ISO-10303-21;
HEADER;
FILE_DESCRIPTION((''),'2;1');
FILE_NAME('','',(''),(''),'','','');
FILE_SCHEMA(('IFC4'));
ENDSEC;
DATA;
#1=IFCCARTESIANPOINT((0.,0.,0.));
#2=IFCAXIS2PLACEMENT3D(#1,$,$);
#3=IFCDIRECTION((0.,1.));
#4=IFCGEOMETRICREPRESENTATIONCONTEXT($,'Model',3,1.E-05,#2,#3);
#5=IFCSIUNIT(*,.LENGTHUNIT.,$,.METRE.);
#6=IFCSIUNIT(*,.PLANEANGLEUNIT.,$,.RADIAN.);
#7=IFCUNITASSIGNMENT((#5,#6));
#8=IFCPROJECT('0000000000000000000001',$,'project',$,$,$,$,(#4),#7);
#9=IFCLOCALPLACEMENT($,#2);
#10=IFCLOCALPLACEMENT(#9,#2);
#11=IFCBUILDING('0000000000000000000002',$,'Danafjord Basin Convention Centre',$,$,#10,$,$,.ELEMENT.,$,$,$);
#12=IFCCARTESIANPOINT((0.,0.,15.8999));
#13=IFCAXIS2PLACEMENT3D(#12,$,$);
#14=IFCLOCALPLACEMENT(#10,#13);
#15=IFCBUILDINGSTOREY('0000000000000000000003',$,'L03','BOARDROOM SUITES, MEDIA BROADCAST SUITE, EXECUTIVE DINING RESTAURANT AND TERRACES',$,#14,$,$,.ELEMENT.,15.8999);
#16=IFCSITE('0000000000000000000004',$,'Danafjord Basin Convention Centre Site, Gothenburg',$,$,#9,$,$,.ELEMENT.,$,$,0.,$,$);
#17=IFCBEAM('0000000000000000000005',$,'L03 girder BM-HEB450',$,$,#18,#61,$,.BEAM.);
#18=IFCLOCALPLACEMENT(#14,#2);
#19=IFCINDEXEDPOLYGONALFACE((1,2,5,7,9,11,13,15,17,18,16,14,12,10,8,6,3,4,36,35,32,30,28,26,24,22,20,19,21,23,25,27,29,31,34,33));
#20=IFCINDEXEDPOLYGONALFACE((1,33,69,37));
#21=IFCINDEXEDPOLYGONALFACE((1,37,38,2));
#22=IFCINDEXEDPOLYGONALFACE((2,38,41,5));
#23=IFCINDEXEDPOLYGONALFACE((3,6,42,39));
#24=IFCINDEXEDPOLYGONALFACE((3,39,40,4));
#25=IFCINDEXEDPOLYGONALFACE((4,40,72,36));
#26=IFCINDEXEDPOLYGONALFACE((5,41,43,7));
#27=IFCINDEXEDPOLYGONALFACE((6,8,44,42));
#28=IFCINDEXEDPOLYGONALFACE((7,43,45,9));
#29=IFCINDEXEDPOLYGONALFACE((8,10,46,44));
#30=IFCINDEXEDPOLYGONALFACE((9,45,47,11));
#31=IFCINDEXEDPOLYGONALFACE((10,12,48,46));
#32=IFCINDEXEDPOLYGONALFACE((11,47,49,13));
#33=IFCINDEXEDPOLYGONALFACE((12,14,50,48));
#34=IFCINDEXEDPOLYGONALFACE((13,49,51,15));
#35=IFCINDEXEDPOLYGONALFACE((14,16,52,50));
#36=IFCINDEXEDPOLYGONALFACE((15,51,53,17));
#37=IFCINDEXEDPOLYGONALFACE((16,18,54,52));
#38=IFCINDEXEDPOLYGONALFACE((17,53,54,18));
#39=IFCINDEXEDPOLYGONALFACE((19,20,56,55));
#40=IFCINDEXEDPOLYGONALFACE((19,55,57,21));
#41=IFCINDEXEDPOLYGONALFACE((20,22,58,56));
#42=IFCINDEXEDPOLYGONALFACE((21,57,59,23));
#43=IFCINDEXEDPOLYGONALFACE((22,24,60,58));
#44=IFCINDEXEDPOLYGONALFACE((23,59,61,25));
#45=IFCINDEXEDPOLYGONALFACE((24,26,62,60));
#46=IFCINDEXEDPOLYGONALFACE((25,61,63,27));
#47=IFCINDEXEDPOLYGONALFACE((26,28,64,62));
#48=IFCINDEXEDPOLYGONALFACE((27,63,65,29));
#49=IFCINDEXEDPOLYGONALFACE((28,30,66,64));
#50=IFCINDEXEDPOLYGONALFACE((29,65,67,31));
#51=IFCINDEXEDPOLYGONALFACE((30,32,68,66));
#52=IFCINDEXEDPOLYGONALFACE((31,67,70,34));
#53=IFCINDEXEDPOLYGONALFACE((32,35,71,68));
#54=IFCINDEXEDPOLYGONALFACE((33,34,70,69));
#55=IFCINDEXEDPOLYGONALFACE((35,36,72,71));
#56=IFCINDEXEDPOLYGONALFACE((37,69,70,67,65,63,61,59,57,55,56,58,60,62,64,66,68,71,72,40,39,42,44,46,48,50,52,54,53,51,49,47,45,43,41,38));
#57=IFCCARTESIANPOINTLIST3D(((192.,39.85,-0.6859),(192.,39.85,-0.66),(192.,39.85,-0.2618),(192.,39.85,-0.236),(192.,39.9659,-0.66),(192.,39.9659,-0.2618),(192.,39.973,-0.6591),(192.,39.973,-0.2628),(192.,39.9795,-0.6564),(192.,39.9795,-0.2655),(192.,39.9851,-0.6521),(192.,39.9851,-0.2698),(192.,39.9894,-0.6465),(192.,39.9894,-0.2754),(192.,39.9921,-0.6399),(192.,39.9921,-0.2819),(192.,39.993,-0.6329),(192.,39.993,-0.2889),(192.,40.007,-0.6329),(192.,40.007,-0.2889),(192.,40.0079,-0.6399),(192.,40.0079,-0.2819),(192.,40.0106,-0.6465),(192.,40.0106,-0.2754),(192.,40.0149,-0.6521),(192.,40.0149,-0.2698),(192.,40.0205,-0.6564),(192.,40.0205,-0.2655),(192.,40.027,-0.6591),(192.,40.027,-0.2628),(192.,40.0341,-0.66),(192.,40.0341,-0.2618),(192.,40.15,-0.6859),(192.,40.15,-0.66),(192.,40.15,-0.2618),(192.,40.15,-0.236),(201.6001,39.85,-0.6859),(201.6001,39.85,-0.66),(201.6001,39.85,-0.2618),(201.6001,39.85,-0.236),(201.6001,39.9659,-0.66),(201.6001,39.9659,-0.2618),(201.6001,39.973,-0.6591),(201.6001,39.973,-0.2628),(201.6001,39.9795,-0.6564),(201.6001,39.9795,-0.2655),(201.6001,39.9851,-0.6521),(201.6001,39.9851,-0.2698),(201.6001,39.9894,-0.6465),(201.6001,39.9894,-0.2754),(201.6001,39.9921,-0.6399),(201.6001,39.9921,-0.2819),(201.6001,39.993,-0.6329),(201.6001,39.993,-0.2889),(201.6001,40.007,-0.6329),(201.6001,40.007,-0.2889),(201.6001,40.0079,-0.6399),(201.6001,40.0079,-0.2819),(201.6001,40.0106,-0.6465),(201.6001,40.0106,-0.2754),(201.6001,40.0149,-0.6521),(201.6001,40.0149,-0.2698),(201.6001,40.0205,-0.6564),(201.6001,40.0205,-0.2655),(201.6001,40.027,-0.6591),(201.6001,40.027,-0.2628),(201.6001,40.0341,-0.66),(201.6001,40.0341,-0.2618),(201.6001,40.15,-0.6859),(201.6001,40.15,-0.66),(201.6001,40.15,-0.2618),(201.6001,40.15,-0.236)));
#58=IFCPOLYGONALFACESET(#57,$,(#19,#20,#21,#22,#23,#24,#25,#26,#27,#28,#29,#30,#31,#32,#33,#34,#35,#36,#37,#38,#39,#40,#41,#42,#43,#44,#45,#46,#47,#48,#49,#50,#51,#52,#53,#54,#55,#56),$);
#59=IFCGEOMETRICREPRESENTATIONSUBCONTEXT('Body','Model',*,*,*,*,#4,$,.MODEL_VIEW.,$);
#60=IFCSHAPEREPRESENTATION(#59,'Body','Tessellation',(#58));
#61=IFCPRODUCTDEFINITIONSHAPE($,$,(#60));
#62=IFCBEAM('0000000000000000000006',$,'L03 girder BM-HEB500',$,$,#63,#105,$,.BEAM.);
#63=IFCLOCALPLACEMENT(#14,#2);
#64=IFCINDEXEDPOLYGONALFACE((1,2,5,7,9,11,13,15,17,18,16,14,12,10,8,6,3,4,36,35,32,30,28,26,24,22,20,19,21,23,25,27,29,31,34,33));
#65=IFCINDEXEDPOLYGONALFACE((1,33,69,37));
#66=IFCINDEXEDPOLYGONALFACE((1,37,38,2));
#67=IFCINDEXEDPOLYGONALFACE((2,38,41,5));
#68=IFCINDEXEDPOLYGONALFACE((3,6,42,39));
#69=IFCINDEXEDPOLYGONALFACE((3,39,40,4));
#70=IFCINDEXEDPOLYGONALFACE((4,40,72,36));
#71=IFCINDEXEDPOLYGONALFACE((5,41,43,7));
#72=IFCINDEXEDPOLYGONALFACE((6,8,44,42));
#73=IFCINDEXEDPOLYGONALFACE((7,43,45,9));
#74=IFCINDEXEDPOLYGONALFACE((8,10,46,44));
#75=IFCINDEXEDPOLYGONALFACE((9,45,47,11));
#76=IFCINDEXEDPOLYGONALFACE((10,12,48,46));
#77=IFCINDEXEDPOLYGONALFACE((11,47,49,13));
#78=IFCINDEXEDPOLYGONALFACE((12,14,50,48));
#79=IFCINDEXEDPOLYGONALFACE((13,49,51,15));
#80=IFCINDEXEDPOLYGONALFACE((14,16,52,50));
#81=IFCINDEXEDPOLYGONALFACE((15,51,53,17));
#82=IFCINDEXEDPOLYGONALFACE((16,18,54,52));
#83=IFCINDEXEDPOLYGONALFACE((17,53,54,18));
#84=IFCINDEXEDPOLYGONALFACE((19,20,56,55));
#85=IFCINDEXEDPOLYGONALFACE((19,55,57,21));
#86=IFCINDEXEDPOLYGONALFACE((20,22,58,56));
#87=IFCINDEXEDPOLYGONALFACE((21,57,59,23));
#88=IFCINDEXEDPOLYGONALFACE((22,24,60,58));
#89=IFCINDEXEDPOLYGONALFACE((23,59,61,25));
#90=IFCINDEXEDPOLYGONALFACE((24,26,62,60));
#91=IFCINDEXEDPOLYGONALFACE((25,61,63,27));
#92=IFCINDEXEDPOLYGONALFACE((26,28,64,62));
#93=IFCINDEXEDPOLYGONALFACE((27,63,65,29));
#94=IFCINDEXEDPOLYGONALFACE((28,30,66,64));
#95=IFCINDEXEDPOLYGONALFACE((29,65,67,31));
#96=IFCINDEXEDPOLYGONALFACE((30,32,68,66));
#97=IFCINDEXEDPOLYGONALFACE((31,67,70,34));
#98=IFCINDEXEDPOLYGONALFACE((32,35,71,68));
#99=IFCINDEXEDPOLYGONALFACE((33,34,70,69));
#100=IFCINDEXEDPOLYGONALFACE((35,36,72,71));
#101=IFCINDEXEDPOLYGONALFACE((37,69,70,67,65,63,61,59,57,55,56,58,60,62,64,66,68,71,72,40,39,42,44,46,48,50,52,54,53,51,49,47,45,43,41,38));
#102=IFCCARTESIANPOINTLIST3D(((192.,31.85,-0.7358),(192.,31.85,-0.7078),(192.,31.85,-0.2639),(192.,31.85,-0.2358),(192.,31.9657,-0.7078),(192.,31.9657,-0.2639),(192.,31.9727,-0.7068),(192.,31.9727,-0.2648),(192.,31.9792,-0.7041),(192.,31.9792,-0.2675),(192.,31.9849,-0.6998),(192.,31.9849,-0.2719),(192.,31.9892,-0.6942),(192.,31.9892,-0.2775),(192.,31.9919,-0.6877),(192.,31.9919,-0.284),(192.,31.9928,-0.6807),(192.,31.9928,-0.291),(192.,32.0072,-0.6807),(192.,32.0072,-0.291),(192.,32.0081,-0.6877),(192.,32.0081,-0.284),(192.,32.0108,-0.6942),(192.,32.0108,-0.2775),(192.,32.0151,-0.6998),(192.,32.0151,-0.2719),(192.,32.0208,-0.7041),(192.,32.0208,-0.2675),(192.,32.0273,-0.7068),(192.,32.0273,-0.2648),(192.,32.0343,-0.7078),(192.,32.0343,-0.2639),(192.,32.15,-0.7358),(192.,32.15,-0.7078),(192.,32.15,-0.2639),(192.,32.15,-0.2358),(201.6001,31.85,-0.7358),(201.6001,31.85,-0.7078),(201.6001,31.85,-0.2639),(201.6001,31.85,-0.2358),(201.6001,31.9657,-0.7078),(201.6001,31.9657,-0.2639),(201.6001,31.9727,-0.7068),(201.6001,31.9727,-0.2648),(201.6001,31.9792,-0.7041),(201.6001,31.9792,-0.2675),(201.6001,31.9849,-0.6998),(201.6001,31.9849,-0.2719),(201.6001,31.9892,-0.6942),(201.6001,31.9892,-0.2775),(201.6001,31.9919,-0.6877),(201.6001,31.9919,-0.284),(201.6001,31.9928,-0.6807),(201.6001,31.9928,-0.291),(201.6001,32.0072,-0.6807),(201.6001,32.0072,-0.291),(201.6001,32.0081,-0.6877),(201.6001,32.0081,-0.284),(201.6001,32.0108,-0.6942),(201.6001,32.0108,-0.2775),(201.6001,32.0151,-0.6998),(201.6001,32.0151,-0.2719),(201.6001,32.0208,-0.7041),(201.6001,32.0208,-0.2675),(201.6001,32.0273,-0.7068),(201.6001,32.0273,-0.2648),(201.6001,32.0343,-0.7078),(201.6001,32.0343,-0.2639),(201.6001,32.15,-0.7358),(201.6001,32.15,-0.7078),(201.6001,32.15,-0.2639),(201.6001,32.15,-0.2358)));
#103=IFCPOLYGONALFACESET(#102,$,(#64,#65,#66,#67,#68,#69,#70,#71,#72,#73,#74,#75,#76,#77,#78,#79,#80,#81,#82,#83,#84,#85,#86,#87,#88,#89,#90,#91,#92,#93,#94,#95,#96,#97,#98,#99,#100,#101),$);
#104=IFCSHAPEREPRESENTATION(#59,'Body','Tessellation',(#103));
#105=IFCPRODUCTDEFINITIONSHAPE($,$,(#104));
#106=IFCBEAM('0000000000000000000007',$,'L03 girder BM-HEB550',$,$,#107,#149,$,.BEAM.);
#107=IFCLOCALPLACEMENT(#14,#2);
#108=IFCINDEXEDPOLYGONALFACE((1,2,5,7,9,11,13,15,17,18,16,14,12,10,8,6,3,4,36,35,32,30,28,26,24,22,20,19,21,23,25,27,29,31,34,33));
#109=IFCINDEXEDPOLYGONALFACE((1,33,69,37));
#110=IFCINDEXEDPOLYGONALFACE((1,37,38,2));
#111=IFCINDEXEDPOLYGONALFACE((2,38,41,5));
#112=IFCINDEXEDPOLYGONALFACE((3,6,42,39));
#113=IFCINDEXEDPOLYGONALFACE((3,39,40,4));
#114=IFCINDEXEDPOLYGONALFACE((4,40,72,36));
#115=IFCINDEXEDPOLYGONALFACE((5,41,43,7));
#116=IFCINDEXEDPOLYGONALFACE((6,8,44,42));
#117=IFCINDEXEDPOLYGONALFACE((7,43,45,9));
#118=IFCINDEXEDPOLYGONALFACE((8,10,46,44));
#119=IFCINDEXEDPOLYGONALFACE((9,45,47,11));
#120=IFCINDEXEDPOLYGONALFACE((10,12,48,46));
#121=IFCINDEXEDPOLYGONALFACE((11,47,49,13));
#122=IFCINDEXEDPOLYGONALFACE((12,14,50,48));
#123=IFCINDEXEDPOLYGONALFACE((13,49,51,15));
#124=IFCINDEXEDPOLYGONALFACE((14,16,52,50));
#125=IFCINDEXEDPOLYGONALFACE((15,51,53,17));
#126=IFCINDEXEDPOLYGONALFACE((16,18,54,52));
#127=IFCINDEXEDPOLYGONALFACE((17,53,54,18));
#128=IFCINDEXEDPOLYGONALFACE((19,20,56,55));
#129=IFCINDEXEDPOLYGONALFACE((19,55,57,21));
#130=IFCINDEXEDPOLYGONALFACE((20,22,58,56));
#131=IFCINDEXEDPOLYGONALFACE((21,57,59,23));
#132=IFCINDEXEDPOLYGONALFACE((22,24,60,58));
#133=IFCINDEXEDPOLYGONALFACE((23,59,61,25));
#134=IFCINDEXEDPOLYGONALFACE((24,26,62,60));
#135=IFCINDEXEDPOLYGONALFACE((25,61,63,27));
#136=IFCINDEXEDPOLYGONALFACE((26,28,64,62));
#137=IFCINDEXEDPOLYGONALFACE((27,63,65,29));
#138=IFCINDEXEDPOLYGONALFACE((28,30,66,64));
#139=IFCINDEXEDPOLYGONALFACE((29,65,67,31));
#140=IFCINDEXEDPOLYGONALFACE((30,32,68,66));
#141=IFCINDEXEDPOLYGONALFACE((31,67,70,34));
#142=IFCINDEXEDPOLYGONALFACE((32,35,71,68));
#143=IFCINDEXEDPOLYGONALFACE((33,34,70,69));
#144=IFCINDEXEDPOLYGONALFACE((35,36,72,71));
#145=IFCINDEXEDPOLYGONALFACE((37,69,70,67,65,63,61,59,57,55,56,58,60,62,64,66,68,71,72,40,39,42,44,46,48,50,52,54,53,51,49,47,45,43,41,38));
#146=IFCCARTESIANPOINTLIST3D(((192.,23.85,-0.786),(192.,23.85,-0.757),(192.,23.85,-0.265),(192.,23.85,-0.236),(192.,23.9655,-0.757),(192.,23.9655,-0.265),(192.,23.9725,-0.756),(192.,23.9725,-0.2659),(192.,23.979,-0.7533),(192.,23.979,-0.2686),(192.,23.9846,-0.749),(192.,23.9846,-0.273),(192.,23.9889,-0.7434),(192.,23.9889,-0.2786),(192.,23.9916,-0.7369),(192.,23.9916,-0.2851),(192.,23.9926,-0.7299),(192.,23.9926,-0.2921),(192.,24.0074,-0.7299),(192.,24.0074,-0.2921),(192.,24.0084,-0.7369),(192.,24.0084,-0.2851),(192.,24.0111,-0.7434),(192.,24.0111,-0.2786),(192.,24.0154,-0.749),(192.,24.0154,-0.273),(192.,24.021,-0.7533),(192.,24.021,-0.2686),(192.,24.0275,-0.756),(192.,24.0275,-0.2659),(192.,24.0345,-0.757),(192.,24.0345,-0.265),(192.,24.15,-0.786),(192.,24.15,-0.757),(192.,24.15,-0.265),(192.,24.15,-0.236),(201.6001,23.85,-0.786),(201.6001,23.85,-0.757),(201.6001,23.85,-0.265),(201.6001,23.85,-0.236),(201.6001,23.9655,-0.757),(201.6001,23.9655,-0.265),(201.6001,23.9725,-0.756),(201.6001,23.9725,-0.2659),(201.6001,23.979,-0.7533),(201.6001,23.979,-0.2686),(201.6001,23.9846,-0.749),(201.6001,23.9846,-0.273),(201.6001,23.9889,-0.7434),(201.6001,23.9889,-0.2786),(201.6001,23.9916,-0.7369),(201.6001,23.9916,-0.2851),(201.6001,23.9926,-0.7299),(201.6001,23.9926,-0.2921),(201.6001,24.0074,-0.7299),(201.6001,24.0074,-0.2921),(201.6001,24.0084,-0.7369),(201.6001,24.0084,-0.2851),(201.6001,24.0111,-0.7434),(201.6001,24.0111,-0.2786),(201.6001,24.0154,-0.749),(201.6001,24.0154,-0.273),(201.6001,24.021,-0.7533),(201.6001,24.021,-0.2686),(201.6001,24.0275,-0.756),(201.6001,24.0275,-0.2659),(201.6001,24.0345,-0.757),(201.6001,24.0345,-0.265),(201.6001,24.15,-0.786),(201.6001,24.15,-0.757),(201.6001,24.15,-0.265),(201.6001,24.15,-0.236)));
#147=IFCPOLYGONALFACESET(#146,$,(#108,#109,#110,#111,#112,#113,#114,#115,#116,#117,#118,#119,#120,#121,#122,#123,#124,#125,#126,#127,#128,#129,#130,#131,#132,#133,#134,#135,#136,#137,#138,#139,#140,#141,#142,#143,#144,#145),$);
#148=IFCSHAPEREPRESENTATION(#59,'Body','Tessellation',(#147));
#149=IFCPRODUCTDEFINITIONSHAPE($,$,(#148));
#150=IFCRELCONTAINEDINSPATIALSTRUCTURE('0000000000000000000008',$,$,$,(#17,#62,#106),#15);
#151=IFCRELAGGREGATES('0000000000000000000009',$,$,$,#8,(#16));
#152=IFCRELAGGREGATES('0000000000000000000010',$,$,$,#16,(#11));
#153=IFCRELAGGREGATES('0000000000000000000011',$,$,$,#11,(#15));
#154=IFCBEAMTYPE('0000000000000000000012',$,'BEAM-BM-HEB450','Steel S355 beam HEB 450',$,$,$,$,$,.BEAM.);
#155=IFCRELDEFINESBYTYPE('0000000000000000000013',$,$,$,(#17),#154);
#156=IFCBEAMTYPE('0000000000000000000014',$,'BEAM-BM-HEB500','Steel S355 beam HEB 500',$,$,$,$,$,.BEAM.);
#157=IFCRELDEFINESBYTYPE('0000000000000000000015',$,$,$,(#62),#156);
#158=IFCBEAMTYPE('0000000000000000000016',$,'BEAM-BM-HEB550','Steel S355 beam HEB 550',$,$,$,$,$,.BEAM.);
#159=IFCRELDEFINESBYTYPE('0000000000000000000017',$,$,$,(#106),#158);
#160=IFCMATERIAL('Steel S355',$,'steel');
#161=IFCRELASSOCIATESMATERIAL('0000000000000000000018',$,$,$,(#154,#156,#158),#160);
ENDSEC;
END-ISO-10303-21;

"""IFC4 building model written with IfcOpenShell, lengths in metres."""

from ifc_helpers import new_model, si_unit, direction, frame, origin, origin_2d, place, context, subcontext, project, spatial, i_section, extrude, material, material_profile, profile_set, type_object, element, save


model = new_model("IFC4")

# Units and contexts
model_context = context("Model", 3, precision=1e-05, world=origin(), true_north=direction((0.0, 1.0)))
body_context = subcontext(model_context, "Body", "Model", "MODEL_VIEW")
ifc_project = project(units=[si_unit("LENGTHUNIT", "METRE"), si_unit("PLANEANGLEUNIT", "RADIAN")], contexts=[model_context])

# Site, building, storey
site_placement = place(None, origin())
site = spatial("IfcSite", under=ifc_project, at=site_placement, Name="Danafjord Basin Convention Centre Site, Gothenburg", CompositionType="ELEMENT", RefElevation=0.0)
building_placement = place(site_placement, origin())
building = spatial("IfcBuilding", under=site, at=building_placement, Name="Danafjord Basin Convention Centre", CompositionType="ELEMENT")
storey_placement = place(building_placement, frame((0.0, 0.0, 15.8999)))
storey = spatial("IfcBuildingStorey", under=building, at=storey_placement, Name="L03", Description="BOARDROOM SUITES, MEDIA BROADCAST SUITE, EXECUTIVE DINING RESTAURANT AND TERRACES", CompositionType="ELEMENT", Elevation=15.8999)

# Shared definitions
ifc_material_1 = material(Name="Steel S355", Category="steel")

# Beams
ifc_material_profile_1 = material_profile(ifc_material_1, i_section(OverallWidth=0.3, OverallDepth=0.45, WebThickness=0.0139, FlangeThickness=0.0259, FilletRadius=0.0271, at=origin_2d()), Name="HEB 450")
ifc_profile_set_1 = profile_set([ifc_material_profile_1], Name="Steel S355")
beam_type_1 = type_object("IfcBeamType", Name="BEAM-BM-HEB450", Description="Steel S355 beam HEB 450", PredefinedType="BEAM", material=ifc_profile_set_1)
beam_1_placement = place(storey_placement, frame((192.0, 40.0, -0.4609), z_axis=(1.0, 0.0, 0.0), x_axis=(0.0, 1.0, 0.0)))
element("IfcBeam", 1, at=beam_1_placement, inside=storey, type_object=beam_type_1, Name="L03 girder BM-HEB450", PredefinedType="BEAM", context=body_context, shape_type="SweptSolid", body=[
    extrude(i_section(OverallWidth=0.3, OverallDepth=0.45, WebThickness=0.0139, FlangeThickness=0.0259, FilletRadius=0.0271, at=origin_2d()), origin(), (0.0, 0.0, 1.0), 9.6001),
])
ifc_material_profile_2 = material_profile(ifc_material_1, i_section(OverallWidth=0.3, OverallDepth=0.5, WebThickness=0.0144, FlangeThickness=0.0281, FilletRadius=0.0271, at=origin_2d()), Name="HEB 500")
ifc_profile_set_2 = profile_set([ifc_material_profile_2], Name="Steel S355")
beam_type_2 = type_object("IfcBeamType", Name="BEAM-BM-HEB500", Description="Steel S355 beam HEB 500", PredefinedType="BEAM", material=ifc_profile_set_2)
beam_2_placement = place(storey_placement, frame((192.0, 32.0, -0.4858), z_axis=(1.0, 0.0, 0.0), x_axis=(0.0, 1.0, 0.0)))
element("IfcBeam", 2, at=beam_2_placement, inside=storey, type_object=beam_type_2, Name="L03 girder BM-HEB500", PredefinedType="BEAM", context=body_context, shape_type="SweptSolid", body=[
    extrude(i_section(OverallWidth=0.3, OverallDepth=0.5, WebThickness=0.0144, FlangeThickness=0.0281, FilletRadius=0.0271, at=origin_2d()), origin(), (0.0, 0.0, 1.0), 9.6001),
])
ifc_material_profile_3 = material_profile(ifc_material_1, i_section(OverallWidth=0.3, OverallDepth=0.55, WebThickness=0.0149, FlangeThickness=0.0291, FilletRadius=0.0271, at=origin_2d()), Name="HEB 550")
ifc_profile_set_3 = profile_set([ifc_material_profile_3], Name="Steel S355")
beam_type_3 = type_object("IfcBeamType", Name="BEAM-BM-HEB550", Description="Steel S355 beam HEB 550", PredefinedType="BEAM", material=ifc_profile_set_3)
beam_3_placement = place(storey_placement, frame((192.0, 24.0, -0.511), z_axis=(1.0, 0.0, 0.0), x_axis=(0.0, 1.0, 0.0)))
element("IfcBeam", 3, at=beam_3_placement, inside=storey, type_object=beam_type_3, Name="L03 girder BM-HEB550", PredefinedType="BEAM", context=body_context, shape_type="SweptSolid", body=[
    extrude(i_section(OverallWidth=0.3, OverallDepth=0.55, WebThickness=0.0149, FlangeThickness=0.0291, FilletRadius=0.0271, at=origin_2d()), origin(), (0.0, 0.0, 1.0), 9.6001),
])

save(model, "model.ifc")
